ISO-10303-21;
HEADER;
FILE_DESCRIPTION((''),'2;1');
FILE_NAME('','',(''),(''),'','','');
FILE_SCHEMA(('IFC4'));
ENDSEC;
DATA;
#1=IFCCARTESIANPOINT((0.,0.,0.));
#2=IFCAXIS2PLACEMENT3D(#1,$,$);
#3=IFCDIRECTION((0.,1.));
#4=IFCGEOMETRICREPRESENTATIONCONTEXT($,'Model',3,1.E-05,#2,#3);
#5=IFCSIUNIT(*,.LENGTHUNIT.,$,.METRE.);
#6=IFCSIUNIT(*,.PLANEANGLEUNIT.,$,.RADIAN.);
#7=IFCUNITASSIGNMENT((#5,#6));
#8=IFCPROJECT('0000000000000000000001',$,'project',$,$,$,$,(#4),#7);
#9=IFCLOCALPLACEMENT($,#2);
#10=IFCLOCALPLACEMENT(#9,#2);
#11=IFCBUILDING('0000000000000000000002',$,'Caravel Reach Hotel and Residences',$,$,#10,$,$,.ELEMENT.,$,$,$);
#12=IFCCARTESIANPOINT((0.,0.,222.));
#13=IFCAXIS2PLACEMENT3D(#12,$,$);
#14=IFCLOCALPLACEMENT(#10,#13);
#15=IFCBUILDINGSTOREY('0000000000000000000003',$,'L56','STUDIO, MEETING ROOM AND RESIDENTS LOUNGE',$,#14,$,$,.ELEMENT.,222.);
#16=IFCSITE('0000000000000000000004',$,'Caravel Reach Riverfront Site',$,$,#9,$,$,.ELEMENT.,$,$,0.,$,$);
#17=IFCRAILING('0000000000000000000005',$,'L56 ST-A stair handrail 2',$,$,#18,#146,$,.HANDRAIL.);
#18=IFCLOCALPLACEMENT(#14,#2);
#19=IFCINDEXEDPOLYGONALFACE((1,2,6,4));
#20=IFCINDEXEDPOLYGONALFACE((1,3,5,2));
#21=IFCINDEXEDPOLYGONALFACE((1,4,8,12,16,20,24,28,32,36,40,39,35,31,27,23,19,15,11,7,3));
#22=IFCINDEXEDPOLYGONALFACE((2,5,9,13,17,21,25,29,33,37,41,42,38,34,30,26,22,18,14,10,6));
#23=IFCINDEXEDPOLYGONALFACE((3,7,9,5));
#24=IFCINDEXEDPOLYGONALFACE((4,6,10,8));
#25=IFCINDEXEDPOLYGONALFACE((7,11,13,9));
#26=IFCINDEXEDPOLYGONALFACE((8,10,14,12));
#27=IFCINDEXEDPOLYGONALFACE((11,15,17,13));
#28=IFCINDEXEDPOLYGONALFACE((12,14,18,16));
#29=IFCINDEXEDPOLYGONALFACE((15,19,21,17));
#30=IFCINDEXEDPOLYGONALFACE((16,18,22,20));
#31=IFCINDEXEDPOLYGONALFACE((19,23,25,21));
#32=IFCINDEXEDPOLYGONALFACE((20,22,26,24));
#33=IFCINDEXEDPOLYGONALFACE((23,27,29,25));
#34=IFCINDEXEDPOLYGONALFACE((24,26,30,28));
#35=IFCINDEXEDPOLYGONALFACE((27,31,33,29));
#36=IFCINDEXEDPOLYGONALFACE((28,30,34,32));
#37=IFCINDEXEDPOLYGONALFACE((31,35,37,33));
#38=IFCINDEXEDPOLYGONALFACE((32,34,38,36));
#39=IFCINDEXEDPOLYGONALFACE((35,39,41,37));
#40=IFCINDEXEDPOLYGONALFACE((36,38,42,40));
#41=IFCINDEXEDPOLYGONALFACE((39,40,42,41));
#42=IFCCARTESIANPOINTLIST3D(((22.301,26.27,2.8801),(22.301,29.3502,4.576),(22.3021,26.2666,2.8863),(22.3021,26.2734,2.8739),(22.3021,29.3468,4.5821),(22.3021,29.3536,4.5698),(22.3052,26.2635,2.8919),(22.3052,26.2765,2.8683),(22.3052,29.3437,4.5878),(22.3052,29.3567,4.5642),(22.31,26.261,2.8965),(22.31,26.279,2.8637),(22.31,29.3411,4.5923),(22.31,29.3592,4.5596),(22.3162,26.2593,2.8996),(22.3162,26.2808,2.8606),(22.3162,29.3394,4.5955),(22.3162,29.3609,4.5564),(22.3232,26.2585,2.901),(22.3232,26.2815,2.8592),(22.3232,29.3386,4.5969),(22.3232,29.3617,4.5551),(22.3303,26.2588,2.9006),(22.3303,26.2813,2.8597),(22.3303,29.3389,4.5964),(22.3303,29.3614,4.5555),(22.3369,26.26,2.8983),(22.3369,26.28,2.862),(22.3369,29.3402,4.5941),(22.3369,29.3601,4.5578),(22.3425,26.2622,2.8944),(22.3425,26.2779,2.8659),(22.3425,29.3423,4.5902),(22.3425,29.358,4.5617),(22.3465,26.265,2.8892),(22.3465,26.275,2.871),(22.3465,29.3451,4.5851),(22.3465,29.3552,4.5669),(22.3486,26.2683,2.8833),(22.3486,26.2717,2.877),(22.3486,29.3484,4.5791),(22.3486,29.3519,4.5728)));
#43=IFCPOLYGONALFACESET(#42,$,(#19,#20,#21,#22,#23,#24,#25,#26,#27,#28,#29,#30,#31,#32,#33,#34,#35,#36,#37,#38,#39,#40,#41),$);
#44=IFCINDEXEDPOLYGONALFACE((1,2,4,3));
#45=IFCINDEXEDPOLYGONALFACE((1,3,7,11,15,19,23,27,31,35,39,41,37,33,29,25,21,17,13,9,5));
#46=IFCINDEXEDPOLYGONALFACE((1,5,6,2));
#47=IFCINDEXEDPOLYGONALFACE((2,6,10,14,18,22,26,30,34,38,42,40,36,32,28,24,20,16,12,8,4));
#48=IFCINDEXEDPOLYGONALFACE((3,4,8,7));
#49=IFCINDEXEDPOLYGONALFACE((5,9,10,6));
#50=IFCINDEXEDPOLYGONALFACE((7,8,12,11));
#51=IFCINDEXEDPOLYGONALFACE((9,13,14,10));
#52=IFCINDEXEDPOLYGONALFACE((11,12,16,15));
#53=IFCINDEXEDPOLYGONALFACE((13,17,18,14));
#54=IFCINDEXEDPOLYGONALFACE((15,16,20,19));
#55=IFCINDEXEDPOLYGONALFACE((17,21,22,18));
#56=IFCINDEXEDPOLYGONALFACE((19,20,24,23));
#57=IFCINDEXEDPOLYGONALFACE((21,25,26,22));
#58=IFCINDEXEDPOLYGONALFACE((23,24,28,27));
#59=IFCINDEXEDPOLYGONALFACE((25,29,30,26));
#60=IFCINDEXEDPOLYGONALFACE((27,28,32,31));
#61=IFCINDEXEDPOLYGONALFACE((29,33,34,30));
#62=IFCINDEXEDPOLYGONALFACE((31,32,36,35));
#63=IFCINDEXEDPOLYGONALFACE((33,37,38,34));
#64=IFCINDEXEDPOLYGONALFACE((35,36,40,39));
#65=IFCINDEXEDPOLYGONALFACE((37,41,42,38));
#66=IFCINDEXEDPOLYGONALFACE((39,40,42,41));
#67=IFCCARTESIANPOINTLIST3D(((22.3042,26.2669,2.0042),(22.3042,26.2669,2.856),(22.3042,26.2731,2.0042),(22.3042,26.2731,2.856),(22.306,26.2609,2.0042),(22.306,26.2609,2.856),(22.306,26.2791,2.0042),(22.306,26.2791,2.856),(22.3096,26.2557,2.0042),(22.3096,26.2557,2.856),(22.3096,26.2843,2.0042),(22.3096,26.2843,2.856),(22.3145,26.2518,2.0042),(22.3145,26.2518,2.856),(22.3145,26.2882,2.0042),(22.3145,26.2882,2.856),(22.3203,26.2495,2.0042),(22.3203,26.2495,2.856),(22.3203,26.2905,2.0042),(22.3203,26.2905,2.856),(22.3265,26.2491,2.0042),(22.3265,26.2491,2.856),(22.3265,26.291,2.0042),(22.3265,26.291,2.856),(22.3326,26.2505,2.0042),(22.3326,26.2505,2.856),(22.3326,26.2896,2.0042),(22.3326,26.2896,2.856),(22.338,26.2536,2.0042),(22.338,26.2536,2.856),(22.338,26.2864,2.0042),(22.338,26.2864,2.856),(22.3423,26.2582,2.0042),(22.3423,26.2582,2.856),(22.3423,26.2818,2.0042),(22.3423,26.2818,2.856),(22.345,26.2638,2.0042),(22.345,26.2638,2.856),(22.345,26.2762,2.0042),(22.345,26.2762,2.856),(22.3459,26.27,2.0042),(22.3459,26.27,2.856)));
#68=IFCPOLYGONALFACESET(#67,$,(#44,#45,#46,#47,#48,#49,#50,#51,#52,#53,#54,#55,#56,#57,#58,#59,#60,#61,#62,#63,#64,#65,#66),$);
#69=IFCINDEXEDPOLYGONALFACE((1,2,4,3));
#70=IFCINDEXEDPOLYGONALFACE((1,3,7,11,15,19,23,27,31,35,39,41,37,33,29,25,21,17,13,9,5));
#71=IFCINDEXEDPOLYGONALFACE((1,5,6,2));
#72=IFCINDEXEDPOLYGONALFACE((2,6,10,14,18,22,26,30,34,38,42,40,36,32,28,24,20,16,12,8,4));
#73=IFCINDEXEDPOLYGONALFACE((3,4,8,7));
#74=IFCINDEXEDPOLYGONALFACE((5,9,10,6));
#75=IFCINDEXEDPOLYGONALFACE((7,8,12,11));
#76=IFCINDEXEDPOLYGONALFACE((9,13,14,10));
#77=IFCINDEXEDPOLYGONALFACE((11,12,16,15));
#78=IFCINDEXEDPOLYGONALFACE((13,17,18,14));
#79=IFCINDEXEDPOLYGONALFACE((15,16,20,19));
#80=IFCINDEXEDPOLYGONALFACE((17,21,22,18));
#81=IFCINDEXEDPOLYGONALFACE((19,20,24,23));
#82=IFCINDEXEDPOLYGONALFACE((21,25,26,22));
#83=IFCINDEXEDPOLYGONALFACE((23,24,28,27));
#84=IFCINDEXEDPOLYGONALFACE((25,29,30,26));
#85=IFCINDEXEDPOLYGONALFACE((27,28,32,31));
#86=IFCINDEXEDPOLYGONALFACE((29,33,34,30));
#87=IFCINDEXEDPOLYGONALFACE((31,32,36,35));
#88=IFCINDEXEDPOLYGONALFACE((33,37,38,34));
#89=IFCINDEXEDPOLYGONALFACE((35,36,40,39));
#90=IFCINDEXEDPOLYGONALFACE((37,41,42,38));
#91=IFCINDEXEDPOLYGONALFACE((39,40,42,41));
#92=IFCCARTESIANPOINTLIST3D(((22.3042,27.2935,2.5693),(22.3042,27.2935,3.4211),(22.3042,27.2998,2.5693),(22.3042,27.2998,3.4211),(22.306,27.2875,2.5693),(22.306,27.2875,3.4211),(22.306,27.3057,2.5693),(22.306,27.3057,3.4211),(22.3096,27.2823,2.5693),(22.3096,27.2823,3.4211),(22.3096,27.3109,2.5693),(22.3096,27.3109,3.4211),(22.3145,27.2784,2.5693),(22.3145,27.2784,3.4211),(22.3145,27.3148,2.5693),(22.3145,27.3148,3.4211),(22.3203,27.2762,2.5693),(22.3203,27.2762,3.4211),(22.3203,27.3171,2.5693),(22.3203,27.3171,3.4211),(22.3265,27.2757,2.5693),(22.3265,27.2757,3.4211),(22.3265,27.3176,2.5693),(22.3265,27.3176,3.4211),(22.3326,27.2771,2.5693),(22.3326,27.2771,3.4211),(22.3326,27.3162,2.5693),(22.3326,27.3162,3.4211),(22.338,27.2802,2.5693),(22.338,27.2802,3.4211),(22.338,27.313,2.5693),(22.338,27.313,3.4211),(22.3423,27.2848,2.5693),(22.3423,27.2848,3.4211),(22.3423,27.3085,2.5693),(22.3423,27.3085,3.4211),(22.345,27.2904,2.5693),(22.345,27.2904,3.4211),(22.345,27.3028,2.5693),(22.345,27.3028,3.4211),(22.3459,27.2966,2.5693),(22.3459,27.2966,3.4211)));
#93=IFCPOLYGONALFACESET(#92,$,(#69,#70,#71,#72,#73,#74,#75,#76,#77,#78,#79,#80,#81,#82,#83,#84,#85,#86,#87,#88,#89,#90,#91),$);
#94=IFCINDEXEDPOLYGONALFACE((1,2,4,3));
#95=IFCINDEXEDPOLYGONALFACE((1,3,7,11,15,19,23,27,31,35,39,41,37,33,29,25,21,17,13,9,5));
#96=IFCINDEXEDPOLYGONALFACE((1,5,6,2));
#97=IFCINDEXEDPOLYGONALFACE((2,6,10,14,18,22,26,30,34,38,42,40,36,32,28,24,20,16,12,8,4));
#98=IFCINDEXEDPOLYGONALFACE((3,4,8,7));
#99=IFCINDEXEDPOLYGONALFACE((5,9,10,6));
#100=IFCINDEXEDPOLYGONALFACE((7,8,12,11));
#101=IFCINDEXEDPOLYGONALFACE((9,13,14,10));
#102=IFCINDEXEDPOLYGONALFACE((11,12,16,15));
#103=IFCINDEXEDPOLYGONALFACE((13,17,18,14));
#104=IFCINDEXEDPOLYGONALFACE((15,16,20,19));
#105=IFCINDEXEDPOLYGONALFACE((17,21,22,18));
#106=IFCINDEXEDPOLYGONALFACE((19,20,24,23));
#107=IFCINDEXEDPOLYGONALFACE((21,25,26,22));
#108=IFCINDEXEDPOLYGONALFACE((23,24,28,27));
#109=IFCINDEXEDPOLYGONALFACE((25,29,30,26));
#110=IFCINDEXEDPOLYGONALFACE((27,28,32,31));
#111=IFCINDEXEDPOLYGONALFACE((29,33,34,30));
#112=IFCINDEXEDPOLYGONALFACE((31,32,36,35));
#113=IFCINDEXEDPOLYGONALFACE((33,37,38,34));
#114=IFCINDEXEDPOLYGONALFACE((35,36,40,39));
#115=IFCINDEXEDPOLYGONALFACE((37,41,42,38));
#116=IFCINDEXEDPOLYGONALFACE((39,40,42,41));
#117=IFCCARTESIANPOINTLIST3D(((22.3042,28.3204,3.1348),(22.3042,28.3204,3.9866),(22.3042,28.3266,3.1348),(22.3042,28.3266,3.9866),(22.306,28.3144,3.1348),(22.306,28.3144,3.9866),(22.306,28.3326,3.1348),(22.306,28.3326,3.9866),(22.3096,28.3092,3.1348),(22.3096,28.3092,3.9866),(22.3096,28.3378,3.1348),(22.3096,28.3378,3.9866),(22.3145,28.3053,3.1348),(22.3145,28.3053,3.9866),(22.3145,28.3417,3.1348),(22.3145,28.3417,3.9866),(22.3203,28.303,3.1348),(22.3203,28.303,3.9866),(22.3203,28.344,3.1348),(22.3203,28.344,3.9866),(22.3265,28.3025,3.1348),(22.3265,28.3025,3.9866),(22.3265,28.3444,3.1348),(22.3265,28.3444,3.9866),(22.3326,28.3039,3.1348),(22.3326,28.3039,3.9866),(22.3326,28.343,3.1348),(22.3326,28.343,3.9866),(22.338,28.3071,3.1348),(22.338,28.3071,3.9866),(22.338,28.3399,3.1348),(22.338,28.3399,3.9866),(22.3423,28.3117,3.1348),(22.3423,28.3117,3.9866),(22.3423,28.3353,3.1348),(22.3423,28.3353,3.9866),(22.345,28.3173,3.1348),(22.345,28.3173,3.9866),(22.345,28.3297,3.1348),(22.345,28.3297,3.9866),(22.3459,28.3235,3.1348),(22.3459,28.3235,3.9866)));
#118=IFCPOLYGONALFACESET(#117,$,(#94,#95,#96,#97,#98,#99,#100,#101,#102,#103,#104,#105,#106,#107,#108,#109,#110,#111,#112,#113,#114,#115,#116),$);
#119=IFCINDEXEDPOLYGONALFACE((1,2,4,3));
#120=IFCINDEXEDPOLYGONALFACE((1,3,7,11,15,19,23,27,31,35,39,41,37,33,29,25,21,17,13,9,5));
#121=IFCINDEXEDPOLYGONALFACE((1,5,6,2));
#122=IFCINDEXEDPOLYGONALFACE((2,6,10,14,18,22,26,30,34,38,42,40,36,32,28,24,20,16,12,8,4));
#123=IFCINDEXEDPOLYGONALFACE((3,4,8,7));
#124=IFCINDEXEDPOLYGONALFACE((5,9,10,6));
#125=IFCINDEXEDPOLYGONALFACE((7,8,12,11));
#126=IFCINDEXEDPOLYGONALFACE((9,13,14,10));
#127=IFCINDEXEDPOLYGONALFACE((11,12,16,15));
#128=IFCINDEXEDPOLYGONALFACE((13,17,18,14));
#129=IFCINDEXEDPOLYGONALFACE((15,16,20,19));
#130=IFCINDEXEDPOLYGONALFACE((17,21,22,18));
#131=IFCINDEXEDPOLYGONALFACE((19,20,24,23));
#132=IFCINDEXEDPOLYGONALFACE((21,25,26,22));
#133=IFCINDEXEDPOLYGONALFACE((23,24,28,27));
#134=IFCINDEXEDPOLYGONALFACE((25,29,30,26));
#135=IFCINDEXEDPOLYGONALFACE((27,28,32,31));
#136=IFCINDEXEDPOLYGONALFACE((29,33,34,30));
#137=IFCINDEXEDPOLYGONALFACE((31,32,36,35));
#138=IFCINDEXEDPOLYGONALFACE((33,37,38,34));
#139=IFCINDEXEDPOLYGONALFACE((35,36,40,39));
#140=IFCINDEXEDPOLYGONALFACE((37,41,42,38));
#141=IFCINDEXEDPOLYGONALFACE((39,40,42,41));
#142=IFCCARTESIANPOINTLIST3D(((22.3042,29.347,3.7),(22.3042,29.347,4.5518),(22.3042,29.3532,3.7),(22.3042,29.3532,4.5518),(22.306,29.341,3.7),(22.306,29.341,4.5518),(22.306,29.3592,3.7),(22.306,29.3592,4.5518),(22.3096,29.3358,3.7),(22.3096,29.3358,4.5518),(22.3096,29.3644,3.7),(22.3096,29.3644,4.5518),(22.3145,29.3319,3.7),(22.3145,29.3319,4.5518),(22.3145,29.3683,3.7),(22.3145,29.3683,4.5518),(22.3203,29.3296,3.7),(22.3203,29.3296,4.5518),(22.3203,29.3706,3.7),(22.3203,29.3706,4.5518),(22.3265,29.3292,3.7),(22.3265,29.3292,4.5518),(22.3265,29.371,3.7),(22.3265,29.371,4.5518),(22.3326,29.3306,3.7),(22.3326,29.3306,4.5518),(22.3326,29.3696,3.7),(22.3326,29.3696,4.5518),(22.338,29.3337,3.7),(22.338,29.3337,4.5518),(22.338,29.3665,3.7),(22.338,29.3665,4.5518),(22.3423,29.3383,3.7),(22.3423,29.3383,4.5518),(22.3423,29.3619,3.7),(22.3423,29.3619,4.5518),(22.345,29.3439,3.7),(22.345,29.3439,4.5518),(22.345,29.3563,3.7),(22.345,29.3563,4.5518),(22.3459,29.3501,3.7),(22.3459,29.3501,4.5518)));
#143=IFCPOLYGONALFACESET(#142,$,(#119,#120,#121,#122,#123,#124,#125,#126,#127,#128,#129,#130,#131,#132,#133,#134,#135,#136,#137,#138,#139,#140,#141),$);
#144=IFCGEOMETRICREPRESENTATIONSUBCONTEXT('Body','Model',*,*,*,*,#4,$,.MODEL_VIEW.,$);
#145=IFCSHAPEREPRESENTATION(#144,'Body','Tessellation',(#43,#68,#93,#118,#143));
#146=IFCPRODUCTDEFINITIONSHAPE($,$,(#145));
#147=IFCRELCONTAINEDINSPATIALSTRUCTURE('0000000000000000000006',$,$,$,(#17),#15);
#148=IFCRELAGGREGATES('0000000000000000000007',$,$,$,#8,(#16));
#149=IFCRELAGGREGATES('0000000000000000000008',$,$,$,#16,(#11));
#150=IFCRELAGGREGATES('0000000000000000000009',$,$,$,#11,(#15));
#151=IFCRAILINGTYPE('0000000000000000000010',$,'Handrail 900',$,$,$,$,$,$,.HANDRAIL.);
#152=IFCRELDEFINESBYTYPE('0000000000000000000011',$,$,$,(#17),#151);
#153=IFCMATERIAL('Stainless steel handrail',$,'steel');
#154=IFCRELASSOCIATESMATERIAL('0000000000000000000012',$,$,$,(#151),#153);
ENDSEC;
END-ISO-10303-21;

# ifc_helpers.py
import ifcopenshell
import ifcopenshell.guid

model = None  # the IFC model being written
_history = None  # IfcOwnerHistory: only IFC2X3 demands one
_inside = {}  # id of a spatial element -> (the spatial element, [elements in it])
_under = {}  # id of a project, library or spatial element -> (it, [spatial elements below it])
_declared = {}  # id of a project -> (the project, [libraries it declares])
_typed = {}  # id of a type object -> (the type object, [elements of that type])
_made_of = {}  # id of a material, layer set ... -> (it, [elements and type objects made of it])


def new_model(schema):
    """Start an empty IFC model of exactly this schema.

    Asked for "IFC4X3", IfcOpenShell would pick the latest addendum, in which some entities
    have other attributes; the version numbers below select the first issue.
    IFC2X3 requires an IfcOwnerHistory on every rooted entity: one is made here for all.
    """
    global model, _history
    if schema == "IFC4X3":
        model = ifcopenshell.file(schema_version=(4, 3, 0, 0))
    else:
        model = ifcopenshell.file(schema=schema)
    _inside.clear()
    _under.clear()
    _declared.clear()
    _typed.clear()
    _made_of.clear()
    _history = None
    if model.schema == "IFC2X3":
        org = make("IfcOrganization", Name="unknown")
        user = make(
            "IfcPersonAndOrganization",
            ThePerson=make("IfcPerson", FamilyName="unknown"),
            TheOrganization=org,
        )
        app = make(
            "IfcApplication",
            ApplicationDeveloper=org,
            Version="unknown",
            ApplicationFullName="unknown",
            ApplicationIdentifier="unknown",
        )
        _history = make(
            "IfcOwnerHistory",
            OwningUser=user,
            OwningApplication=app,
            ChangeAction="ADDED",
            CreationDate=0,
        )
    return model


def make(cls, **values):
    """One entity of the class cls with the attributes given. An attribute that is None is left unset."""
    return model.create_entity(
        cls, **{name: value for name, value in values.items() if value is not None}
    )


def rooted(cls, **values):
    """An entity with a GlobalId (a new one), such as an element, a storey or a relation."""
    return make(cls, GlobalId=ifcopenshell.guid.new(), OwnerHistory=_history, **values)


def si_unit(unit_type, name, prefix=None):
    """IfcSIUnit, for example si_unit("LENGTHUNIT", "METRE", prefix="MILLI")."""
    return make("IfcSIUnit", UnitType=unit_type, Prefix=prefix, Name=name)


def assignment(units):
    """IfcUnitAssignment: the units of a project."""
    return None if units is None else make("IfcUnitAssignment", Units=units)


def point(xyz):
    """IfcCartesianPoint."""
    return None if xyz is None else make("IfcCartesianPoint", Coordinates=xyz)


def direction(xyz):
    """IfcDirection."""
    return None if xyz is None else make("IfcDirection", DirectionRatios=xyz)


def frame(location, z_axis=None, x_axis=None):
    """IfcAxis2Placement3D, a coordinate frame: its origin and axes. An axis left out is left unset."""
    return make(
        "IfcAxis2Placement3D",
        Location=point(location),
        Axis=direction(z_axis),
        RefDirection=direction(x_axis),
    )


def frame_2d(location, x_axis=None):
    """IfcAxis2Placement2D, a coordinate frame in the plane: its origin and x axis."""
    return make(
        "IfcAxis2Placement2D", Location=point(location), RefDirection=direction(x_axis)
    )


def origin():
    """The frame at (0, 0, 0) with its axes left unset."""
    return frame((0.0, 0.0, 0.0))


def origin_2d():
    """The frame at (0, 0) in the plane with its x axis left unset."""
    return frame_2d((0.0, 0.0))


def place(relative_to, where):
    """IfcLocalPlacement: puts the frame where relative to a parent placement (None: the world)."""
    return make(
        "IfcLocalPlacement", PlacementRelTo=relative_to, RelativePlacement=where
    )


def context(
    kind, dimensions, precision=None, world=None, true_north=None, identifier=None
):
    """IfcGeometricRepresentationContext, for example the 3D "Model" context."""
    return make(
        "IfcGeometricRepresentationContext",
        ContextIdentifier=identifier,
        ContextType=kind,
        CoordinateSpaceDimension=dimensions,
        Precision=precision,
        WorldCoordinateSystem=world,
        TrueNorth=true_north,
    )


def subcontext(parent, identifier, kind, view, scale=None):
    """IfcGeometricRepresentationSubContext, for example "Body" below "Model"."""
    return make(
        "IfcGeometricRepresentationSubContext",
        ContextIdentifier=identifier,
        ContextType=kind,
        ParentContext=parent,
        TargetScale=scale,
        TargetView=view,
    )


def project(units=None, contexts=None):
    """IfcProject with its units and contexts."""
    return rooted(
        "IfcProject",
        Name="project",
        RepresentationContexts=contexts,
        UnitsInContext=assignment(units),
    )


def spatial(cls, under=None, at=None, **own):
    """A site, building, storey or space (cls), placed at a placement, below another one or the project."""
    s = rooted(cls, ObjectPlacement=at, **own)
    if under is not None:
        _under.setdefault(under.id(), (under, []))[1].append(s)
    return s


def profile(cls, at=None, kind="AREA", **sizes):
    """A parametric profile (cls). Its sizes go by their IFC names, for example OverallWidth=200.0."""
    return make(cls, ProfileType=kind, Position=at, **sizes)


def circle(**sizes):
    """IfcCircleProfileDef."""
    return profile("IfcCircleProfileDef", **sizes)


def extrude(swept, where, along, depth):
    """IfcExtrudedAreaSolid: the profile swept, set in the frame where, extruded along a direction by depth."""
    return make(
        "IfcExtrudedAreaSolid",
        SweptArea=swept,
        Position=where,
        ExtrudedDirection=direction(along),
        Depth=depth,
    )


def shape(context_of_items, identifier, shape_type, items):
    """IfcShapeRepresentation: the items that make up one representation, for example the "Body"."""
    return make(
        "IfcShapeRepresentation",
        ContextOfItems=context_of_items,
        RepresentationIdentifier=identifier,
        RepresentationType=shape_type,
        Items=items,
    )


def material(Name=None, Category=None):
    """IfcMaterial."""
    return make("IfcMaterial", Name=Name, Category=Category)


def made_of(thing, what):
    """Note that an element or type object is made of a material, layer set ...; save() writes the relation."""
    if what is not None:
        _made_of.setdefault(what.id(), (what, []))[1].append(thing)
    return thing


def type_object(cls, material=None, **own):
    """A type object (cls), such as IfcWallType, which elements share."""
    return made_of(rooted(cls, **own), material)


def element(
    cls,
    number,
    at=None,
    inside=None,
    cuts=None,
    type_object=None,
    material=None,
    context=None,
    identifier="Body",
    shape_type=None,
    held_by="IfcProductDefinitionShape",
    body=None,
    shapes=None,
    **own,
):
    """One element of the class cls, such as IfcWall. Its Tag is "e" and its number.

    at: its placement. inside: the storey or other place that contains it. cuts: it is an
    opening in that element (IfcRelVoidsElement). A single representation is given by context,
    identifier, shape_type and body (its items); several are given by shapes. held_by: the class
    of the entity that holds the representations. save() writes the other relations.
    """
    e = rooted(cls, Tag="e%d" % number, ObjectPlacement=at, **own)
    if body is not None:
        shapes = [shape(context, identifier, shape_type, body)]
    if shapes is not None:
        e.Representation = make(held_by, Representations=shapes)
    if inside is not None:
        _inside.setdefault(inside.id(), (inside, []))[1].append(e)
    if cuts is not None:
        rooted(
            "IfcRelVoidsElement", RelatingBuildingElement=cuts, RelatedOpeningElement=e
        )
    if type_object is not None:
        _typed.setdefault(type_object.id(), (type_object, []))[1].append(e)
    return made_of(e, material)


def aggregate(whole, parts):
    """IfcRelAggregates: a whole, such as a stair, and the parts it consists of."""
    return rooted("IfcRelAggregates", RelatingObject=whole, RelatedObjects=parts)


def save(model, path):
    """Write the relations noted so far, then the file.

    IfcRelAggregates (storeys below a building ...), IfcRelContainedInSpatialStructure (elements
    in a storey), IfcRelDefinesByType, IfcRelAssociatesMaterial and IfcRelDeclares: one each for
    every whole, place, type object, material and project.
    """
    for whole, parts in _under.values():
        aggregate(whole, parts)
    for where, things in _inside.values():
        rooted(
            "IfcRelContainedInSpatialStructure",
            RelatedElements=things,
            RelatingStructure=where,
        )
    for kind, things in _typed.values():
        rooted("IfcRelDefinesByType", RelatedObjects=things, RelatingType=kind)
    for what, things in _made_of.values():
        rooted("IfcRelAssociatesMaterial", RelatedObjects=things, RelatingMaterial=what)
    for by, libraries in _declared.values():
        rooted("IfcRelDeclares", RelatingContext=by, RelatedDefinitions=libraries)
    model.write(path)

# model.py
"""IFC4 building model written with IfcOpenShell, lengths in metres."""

from ifc_helpers import new_model, si_unit, direction, frame, origin, origin_2d, place, context, subcontext, project, spatial, circle, extrude, material, type_object, element, save


model = new_model("IFC4")

# Units and contexts
model_context = context("Model", 3, precision=1e-05, world=origin(), true_north=direction((0.0, 1.0)))
body_context = subcontext(model_context, "Body", "Model", "MODEL_VIEW")
ifc_project = project(units=[si_unit("LENGTHUNIT", "METRE"), si_unit("PLANEANGLEUNIT", "RADIAN")], contexts=[model_context])

# Site, building, storey
site_placement = place(None, origin())
site = spatial("IfcSite", under=ifc_project, at=site_placement, Name="Caravel Reach Riverfront Site", CompositionType="ELEMENT", RefElevation=0.0)
building_placement = place(site_placement, origin())
building = spatial("IfcBuilding", under=site, at=building_placement, Name="Caravel Reach Hotel and Residences", CompositionType="ELEMENT")
storey_placement = place(building_placement, frame((0.0, 0.0, 222.0)))
storey = spatial("IfcBuildingStorey", under=building, at=storey_placement, Name="L56", Description="STUDIO, MEETING ROOM AND RESIDENTS LOUNGE", CompositionType="ELEMENT", Elevation=222.0)

# Railing
ifc_material_1 = material(Name="Stainless steel handrail", Category="steel")
railing_type_1 = type_object("IfcRailingType", Name="Handrail 900", PredefinedType="HANDRAIL", material=ifc_material_1)
railing_1_placement = place(storey_placement, frame((22.325, 26.27, 2.0042)))
element("IfcRailing", 1, at=railing_1_placement, inside=storey, type_object=railing_type_1, Name="L56 ST-A stair handrail 2", PredefinedType="HANDRAIL", context=body_context, shape_type="SweptSolid", body=[
    extrude(circle(Radius=0.0239, at=origin_2d()), frame((0.0, 0.0, 0.876), z_axis=(0.0, 0.876005, 0.482303), x_axis=(-1.0, 0.0, 0.0)), (0.0, 0.0, 1.0), 3.5161),
    extrude(circle(Radius=0.021, at=origin_2d()), origin(), (0.0, 0.0, 1.0), 0.8518),
    extrude(circle(Radius=0.021, at=origin_2d()), frame((0.0, 1.0266, 0.5652)), (0.0, 0.0, 1.0), 0.8518),
    extrude(circle(Radius=0.021, at=origin_2d()), frame((0.0, 2.0535, 1.1306)), (0.0, 0.0, 1.0), 0.8518),
    extrude(circle(Radius=0.021, at=origin_2d()), frame((0.0, 3.0801, 1.6958)), (0.0, 0.0, 1.0), 0.8518),
])

save(model, "model.ifc")
